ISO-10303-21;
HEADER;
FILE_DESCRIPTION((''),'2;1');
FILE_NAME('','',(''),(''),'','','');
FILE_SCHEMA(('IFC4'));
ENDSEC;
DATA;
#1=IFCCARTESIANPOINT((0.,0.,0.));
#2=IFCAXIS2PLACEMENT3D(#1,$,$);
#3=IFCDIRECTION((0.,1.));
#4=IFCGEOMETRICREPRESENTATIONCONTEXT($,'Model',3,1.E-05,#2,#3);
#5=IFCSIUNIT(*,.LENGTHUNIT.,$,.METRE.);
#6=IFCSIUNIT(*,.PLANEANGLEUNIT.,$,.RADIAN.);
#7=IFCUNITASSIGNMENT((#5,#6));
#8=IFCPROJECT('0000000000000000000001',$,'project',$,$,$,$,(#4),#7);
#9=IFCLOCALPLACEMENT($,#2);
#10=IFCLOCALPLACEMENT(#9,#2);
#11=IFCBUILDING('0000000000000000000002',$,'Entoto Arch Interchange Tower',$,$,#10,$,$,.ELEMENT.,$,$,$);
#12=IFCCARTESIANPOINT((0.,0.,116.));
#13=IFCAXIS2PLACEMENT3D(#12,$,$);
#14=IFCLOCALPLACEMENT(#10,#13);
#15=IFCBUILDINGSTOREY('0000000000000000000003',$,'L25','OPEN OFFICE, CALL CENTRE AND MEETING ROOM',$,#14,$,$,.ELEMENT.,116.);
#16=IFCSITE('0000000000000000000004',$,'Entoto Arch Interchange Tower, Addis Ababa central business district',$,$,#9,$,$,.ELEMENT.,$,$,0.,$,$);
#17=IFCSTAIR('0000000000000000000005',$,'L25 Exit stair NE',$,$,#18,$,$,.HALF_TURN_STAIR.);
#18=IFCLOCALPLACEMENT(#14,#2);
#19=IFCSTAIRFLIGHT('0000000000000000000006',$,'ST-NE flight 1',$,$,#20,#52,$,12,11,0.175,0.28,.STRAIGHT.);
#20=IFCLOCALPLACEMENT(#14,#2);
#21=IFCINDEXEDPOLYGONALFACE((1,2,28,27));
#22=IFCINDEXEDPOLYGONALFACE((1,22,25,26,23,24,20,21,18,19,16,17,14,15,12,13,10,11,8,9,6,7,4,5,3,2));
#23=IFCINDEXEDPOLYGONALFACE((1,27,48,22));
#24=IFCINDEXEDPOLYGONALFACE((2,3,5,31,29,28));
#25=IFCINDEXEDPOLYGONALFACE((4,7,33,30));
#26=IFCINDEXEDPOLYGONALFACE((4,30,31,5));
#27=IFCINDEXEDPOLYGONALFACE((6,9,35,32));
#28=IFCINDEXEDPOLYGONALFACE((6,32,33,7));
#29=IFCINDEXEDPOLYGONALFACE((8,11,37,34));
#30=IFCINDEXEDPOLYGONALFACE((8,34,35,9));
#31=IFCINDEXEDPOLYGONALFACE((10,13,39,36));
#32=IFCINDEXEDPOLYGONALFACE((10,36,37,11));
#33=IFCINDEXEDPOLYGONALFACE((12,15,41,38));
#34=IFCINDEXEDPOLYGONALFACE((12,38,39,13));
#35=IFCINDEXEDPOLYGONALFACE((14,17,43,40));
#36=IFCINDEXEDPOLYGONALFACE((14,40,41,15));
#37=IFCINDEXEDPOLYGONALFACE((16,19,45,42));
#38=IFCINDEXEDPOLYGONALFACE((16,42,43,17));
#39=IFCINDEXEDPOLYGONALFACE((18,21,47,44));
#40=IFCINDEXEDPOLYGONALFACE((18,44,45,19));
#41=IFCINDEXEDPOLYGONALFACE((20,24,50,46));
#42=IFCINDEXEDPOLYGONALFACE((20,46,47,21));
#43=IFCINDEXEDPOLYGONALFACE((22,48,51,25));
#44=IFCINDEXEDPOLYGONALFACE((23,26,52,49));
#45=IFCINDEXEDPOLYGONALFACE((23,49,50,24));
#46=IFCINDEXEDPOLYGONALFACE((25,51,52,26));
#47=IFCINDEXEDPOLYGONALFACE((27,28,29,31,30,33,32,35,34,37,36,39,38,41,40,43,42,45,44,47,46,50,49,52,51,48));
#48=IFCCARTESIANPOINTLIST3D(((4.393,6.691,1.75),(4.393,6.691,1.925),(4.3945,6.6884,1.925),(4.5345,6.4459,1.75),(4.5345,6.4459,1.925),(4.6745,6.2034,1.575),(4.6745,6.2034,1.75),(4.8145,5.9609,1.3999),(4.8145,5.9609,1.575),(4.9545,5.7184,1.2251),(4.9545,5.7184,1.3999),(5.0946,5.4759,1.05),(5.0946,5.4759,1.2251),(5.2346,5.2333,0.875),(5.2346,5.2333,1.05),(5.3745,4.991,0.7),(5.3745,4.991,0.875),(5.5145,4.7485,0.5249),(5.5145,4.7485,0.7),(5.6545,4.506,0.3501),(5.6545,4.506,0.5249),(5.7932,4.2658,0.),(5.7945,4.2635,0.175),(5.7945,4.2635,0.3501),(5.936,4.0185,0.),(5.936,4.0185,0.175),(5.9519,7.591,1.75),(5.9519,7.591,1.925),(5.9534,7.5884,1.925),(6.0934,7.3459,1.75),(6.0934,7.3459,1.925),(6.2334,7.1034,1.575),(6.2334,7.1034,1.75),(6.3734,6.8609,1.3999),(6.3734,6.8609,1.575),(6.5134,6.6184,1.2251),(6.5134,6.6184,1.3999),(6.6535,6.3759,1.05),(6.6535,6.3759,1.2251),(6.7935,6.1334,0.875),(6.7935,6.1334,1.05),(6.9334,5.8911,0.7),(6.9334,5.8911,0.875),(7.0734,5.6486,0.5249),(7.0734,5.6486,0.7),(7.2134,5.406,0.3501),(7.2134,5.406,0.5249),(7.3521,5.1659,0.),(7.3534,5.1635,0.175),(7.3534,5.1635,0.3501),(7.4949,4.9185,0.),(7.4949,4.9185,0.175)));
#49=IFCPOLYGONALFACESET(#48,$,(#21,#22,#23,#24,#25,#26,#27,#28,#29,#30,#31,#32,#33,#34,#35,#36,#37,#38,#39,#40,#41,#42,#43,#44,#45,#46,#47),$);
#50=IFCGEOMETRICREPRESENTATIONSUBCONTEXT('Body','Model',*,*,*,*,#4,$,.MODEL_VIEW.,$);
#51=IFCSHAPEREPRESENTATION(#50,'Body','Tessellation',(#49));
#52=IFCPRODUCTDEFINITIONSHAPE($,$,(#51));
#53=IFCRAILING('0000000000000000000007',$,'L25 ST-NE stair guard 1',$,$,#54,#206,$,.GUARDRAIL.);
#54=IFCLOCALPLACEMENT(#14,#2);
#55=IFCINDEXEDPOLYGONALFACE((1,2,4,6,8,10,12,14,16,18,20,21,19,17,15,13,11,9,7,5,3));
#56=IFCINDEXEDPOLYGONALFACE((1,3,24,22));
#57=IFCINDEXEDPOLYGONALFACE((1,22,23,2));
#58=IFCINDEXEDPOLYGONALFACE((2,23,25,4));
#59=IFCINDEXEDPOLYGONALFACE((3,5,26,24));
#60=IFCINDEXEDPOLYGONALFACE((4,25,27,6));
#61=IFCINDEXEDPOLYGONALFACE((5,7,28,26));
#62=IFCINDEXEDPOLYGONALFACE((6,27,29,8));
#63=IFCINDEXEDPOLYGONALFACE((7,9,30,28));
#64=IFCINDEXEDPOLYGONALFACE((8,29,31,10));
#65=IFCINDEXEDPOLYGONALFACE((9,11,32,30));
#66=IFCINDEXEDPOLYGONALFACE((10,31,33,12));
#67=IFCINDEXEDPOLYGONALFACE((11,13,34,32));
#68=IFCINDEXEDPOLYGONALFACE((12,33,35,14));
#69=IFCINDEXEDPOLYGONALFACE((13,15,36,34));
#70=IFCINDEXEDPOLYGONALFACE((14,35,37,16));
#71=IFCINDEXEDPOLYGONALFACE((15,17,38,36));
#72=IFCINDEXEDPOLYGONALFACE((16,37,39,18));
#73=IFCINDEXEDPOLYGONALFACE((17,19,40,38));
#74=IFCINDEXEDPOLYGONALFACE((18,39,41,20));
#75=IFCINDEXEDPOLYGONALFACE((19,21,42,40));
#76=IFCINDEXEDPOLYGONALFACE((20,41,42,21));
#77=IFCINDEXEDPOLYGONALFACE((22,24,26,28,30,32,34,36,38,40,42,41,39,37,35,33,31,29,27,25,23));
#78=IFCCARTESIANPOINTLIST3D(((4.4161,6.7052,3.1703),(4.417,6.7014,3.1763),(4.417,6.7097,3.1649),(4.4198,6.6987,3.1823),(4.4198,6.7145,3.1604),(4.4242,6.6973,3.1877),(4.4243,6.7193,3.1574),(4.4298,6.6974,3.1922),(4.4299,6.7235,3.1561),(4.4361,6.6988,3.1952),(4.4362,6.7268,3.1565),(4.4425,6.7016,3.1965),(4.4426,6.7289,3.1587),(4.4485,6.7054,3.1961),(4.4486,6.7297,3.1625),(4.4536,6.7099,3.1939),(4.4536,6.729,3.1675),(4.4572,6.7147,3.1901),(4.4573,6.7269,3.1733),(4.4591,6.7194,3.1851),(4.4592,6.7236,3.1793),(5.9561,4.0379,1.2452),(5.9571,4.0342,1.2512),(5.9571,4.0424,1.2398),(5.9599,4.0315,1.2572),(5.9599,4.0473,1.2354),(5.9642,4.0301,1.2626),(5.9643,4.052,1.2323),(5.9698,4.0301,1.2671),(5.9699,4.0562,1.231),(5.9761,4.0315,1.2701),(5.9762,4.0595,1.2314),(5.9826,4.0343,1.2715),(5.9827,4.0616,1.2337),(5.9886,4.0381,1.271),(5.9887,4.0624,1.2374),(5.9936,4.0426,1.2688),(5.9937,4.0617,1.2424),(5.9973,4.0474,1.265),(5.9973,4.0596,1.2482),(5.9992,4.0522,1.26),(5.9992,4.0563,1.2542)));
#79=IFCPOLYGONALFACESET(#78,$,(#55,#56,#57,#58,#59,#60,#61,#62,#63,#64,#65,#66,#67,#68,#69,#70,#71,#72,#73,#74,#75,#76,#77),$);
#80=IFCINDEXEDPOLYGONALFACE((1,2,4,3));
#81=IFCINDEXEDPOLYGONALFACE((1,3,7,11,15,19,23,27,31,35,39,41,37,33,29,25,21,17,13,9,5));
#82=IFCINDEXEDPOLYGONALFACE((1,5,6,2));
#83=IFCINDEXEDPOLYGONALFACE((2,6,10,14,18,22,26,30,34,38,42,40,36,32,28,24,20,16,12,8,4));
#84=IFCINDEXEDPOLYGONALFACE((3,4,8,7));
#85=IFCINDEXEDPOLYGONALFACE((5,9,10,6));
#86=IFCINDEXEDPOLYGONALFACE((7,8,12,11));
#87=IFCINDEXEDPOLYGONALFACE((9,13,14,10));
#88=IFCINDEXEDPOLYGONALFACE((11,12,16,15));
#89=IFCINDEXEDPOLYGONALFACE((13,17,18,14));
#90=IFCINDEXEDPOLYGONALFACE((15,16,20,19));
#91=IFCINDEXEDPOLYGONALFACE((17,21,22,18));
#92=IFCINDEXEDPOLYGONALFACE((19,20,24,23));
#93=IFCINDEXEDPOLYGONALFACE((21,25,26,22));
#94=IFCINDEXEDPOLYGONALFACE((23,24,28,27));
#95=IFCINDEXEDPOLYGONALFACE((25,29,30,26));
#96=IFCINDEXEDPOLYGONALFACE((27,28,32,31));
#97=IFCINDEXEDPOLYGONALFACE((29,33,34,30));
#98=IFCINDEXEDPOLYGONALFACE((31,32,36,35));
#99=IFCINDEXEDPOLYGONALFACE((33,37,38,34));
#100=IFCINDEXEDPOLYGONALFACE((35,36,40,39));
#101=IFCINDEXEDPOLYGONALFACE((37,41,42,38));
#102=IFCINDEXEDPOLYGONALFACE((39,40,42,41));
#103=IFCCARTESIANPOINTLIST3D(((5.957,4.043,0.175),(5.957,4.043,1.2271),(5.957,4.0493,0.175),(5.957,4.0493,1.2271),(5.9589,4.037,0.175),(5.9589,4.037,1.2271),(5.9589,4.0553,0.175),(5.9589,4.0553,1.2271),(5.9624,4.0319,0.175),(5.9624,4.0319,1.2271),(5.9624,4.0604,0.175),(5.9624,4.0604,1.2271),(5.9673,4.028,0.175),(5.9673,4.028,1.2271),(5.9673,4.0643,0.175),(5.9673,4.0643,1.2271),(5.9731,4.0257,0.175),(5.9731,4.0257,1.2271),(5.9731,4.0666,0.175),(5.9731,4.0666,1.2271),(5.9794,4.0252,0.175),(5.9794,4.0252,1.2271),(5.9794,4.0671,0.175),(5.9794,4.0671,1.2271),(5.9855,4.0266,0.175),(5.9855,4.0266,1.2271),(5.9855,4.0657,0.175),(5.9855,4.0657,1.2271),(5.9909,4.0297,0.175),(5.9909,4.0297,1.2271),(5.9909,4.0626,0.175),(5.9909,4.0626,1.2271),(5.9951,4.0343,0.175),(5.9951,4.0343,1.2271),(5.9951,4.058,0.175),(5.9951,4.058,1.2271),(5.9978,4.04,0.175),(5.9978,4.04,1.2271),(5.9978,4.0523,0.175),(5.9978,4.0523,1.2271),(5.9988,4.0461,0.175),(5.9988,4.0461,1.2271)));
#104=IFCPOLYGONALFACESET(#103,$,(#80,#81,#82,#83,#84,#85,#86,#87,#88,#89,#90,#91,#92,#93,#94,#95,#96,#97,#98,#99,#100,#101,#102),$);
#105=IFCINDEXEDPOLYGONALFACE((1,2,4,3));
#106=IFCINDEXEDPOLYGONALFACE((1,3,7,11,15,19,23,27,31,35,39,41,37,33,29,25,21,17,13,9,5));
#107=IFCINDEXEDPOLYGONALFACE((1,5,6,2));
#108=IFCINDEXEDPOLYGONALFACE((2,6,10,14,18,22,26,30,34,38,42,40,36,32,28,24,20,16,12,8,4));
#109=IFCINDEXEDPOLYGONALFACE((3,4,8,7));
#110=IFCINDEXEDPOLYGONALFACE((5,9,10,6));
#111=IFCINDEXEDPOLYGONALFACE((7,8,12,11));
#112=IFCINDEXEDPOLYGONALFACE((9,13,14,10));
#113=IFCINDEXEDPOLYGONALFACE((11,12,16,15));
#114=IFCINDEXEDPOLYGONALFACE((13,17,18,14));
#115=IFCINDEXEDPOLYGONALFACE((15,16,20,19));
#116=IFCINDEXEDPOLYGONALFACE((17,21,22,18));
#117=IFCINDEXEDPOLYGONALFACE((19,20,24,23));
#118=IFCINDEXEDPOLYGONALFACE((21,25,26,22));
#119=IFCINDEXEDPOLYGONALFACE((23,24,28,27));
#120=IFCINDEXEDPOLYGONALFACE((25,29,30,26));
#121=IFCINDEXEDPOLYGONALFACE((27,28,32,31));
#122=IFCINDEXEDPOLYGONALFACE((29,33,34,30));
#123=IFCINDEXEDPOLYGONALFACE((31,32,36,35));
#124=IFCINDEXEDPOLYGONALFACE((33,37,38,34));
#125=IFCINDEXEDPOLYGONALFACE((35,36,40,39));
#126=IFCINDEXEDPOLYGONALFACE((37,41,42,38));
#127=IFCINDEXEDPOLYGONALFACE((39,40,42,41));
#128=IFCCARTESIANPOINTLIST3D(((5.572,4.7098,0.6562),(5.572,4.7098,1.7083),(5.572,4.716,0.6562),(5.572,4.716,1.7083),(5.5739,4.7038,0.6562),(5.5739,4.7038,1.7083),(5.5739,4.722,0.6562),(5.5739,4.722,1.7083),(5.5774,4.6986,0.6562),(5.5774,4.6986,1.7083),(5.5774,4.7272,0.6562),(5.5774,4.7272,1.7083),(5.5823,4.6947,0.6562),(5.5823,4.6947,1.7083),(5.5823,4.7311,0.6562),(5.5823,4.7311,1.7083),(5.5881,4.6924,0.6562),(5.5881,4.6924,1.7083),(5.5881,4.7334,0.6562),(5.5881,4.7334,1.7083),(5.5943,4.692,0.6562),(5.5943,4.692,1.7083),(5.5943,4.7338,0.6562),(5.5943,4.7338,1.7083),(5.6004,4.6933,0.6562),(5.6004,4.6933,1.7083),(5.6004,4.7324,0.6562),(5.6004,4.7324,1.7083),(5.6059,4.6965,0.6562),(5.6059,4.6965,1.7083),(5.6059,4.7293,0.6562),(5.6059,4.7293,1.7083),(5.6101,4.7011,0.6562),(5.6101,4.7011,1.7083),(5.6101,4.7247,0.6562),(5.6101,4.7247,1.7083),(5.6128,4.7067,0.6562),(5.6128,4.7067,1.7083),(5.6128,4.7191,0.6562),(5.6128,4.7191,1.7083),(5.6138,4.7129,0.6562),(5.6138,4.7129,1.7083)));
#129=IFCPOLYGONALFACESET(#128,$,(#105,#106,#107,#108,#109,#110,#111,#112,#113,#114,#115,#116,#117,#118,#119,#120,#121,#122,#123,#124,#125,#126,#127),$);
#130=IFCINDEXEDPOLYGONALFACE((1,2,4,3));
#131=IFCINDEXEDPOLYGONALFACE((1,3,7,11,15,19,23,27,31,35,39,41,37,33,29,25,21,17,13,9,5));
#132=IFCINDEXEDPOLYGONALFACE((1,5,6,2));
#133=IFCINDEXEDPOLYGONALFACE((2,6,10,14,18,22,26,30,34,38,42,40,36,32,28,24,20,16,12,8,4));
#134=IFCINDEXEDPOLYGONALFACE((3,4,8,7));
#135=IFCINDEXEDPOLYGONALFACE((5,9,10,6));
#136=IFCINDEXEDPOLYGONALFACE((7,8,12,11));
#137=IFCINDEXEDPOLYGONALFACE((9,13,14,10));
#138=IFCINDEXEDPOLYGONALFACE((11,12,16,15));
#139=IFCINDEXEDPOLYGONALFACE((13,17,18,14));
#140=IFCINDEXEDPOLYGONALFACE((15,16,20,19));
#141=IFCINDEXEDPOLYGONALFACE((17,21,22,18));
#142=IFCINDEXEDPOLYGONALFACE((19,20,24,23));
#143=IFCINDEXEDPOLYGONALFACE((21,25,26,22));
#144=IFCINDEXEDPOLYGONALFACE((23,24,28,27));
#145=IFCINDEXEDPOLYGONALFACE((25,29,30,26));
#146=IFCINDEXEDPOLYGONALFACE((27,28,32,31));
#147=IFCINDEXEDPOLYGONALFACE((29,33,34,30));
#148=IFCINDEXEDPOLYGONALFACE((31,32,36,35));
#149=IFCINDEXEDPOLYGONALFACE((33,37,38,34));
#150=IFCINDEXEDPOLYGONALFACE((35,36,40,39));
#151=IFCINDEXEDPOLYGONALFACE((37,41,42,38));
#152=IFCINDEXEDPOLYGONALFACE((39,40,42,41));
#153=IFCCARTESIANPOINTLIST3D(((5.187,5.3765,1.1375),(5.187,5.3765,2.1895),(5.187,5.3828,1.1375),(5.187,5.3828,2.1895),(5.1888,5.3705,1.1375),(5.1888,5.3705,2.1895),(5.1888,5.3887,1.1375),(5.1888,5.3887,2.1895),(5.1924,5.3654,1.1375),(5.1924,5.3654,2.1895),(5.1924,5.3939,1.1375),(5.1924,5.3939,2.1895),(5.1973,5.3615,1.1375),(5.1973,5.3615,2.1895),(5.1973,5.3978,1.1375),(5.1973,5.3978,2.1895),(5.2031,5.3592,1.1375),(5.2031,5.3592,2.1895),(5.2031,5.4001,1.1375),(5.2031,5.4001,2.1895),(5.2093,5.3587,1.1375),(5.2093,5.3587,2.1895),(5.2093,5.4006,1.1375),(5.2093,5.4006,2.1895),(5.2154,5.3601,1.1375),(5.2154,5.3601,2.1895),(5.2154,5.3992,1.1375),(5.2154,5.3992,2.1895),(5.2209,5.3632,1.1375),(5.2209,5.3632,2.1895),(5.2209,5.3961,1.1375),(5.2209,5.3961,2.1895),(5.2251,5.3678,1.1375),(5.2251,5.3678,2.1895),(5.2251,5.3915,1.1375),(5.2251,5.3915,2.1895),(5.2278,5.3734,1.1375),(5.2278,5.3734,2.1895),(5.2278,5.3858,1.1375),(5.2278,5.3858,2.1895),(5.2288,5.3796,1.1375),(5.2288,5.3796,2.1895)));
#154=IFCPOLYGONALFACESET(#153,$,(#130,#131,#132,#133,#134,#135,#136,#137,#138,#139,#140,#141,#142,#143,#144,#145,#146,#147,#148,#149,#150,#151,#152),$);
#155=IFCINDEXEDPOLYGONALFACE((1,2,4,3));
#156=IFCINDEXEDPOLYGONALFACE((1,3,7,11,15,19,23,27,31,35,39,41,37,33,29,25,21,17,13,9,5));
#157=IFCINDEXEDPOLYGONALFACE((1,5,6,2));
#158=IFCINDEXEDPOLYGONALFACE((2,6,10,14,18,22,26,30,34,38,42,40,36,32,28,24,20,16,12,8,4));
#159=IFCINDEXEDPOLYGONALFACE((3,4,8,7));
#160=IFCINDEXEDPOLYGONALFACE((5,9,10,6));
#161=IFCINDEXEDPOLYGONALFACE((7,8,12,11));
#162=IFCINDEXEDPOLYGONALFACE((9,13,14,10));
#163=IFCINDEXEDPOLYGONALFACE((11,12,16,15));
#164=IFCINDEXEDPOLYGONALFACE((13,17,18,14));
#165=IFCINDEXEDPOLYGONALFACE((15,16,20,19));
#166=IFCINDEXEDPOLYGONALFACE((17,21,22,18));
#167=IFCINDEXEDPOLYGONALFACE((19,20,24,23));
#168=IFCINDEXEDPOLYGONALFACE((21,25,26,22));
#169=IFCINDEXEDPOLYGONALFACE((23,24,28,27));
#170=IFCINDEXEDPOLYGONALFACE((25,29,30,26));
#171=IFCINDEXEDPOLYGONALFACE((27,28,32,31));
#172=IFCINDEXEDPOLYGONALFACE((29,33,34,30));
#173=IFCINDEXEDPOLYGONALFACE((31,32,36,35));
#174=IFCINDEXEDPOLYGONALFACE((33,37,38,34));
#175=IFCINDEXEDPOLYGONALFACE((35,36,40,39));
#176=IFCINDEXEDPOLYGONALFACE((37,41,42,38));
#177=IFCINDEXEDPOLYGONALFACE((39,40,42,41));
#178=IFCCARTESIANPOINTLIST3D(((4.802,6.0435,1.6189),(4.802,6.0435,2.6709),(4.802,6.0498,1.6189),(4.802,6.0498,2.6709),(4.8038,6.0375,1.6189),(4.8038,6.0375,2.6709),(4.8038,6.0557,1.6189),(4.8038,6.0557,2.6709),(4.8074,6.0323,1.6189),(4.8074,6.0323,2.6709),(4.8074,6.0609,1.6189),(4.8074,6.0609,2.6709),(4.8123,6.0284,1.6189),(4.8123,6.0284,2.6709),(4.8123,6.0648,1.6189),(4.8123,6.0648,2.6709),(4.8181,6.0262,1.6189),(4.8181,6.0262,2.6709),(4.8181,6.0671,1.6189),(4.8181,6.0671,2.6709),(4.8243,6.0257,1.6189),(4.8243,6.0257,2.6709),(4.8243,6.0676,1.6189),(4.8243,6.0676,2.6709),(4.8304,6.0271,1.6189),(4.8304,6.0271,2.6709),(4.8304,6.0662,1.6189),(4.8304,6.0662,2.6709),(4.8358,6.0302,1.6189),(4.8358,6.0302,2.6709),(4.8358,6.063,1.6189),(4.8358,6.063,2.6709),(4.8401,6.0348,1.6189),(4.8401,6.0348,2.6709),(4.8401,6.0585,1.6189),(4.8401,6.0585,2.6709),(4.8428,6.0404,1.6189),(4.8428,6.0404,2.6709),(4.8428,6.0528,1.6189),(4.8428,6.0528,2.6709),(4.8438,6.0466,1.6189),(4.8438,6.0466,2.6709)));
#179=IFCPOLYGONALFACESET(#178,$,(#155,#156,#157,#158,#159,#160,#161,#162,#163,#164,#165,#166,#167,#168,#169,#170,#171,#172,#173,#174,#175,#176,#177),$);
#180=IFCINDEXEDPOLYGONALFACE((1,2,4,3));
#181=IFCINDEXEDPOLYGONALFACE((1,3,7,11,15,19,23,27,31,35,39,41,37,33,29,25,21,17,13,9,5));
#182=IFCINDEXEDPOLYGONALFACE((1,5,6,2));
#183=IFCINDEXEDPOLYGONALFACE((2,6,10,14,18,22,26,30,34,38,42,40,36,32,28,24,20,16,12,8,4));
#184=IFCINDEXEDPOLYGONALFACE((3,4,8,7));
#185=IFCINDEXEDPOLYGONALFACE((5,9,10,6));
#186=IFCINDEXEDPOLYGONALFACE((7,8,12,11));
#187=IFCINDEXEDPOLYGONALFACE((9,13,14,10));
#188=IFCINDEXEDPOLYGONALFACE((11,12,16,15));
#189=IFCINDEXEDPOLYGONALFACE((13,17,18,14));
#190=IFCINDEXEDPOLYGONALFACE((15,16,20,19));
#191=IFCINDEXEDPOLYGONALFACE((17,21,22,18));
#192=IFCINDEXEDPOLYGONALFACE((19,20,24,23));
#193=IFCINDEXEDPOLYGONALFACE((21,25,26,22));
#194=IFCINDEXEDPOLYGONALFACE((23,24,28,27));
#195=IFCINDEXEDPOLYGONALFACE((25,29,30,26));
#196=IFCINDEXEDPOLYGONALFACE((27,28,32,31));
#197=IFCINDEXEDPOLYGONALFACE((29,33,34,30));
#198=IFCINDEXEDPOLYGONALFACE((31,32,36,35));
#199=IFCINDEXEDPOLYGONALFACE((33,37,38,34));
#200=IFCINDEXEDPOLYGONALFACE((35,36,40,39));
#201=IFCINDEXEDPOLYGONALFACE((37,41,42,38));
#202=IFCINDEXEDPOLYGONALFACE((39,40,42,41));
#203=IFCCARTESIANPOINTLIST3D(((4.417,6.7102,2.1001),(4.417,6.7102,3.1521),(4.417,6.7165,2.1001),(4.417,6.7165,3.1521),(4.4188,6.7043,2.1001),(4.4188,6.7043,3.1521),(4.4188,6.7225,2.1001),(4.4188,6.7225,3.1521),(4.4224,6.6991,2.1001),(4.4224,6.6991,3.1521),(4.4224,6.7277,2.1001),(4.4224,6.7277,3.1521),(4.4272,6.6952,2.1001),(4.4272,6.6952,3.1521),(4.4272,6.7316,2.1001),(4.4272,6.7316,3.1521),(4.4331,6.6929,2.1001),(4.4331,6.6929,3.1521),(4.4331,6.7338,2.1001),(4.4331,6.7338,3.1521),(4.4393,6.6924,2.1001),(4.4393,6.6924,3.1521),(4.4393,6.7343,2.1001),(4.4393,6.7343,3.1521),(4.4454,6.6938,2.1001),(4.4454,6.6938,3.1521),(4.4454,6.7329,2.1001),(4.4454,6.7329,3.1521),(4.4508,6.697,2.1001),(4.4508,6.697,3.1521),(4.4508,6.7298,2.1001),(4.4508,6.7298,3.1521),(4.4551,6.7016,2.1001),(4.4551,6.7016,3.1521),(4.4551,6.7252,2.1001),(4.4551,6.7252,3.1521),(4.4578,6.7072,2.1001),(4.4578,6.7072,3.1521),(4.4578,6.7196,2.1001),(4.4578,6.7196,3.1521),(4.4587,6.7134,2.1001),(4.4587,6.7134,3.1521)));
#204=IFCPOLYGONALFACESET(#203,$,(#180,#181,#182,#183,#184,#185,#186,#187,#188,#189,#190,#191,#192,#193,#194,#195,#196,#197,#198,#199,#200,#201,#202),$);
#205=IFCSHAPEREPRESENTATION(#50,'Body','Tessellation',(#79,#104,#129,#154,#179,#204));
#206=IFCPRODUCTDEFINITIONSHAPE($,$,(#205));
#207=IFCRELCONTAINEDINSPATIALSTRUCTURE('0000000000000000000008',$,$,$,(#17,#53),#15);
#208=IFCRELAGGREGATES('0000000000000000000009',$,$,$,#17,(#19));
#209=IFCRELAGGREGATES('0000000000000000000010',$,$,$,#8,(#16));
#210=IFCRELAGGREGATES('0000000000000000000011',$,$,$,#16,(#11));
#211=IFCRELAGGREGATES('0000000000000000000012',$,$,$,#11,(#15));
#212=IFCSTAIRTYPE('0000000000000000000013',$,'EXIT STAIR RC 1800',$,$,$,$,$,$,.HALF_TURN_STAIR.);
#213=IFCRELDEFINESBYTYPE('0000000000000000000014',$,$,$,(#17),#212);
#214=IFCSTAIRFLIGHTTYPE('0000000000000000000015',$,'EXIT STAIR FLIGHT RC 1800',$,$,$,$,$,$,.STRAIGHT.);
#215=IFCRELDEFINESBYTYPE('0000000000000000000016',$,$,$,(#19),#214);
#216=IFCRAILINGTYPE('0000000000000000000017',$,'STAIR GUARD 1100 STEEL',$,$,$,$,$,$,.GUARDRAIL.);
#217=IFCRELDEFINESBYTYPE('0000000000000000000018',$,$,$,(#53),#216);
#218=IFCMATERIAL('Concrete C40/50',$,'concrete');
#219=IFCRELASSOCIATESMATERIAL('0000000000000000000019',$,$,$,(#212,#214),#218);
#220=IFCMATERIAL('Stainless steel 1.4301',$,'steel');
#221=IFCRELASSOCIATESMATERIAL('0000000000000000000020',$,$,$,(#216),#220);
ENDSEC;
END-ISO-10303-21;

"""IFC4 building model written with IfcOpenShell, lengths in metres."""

from ifc_helpers import new_model, si_unit, direction, frame, origin, origin_2d, place, context, subcontext, project, spatial, polyline, circle, outline, extrude, material, type_object, element, aggregate, save


model = new_model("IFC4")

# Units and contexts
model_context = context("Model", 3, precision=1e-05, world=origin(), true_north=direction((0.0, 1.0)))
body_context = subcontext(model_context, "Body", "Model", "MODEL_VIEW")
ifc_project = project(units=[si_unit("LENGTHUNIT", "METRE"), si_unit("PLANEANGLEUNIT", "RADIAN")], contexts=[model_context])

# Site, building, storey
site_placement = place(None, origin())
site = spatial("IfcSite", under=ifc_project, at=site_placement, Name="Entoto Arch Interchange Tower, Addis Ababa central business district", CompositionType="ELEMENT", RefElevation=0.0)
building_placement = place(site_placement, origin())
building = spatial("IfcBuilding", under=site, at=building_placement, Name="Entoto Arch Interchange Tower", CompositionType="ELEMENT")
storey_placement = place(building_placement, frame((0.0, 0.0, 116.0)))
storey = spatial("IfcBuildingStorey", under=building, at=storey_placement, Name="L25", Description="OPEN OFFICE, CALL CENTRE AND MEETING ROOM", CompositionType="ELEMENT", Elevation=116.0)

# Shared definitions
ifc_material_1 = material(Name="Concrete C40/50", Category="concrete")

# Stair, stair flight
stair_type = type_object("IfcStairType", Name="EXIT STAIR RC 1800", PredefinedType="HALF_TURN_STAIR", material=ifc_material_1)
stair_placement = place(storey_placement, origin())
stair = element("IfcStair", 1, at=stair_placement, inside=storey, type_object=stair_type, Name="L25 Exit stair NE", PredefinedType="HALF_TURN_STAIR")
stair_flight_type = type_object("IfcStairFlightType", Name="EXIT STAIR FLIGHT RC 1800", PredefinedType="STRAIGHT", material=ifc_material_1)
stair_flight_placement = place(storey_placement, frame((6.7139, 4.4709, 0.0), z_axis=(0.0, 0.0, 1.0), x_axis=(-0.5, 0.866025, 0.0)))
stair_flight = element("IfcStairFlight", 2, at=stair_flight_placement, type_object=stair_flight_type, Name="ST-NE flight 1", NumberOfRisers=12, NumberOfTreads=11, PredefinedType="STRAIGHT", RiserHeight=0.175, TreadLength=0.28, context=body_context, shape_type="SweptSolid", body=[
    extrude(outline(polyline([(-0.0029, 0.0), (-0.0029, 0.175), (0.28, 0.175), (0.28, 0.3501), (0.5601, 0.3501), (0.5601, 0.5249), (0.8401, 0.5249), (0.8401, 0.7), (1.1201, 0.7), (1.1201, 0.875), (1.3999, 0.875), (1.3999, 1.05), (1.6799, 1.05), (1.6799, 1.2251), (1.96, 1.2251), (1.96, 1.3999), (2.24, 1.3999), (2.24, 1.575), (2.52, 1.575), (2.52, 1.75), (2.8, 1.75), (2.8, 1.925), (3.0801, 1.925), (3.083, 1.925), (3.083, 1.75), (0.2827, 0.0), (-0.0029, 0.0)])), frame((0.0, 0.8999, 0.0), z_axis=(0.0, -1.0, 0.0), x_axis=(1.0, 0.0, 0.0)), (0.0, 0.0, 1.0), 1.8),
])
aggregate(stair, [stair_flight])

# Railing
ifc_material_2 = material(Name="Stainless steel 1.4301", Category="steel")
railing_type_1 = type_object("IfcRailingType", Name="STAIR GUARD 1100 STEEL", PredefinedType="GUARDRAIL", material=ifc_material_2)
railing_1_placement = place(storey_placement, frame((5.9778, 4.0461, 0.175)))
element("IfcRailing", 3, at=railing_1_placement, inside=storey, type_object=railing_type_1, Name="L25 ST-NE stair guard 1", PredefinedType="GUARDRAIL", context=body_context, shape_type="SweptSolid", body=[
    extrude(circle(Radius=0.0239, at=origin_2d()), frame((0.0, 0.0, 1.0762), z_axis=(-0.424015, 0.734364, 0.530019), x_axis=(-0.86601, -0.500027, 0.0)), (0.0, 0.0, 1.0), 3.6321),
    extrude(circle(Radius=0.021, at=origin_2d()), origin(), (0.0, 0.0, 1.0), 1.052),
    extrude(circle(Radius=0.021, at=origin_2d()), frame((-0.385, 0.6667, 0.4812)), (0.0, 0.0, 1.0), 1.052),
    extrude(circle(Radius=0.021, at=origin_2d()), frame((-0.77, 1.3335, 0.9624)), (0.0, 0.0, 1.0), 1.052),
    extrude(circle(Radius=0.021, at=origin_2d()), frame((-1.155, 2.0005, 1.4438)), (0.0, 0.0, 1.0), 1.052),
    extrude(circle(Radius=0.021, at=origin_2d()), frame((-1.54, 2.6672, 1.925)), (0.0, 0.0, 1.0), 1.052),
])

save(model, "model.ifc")
